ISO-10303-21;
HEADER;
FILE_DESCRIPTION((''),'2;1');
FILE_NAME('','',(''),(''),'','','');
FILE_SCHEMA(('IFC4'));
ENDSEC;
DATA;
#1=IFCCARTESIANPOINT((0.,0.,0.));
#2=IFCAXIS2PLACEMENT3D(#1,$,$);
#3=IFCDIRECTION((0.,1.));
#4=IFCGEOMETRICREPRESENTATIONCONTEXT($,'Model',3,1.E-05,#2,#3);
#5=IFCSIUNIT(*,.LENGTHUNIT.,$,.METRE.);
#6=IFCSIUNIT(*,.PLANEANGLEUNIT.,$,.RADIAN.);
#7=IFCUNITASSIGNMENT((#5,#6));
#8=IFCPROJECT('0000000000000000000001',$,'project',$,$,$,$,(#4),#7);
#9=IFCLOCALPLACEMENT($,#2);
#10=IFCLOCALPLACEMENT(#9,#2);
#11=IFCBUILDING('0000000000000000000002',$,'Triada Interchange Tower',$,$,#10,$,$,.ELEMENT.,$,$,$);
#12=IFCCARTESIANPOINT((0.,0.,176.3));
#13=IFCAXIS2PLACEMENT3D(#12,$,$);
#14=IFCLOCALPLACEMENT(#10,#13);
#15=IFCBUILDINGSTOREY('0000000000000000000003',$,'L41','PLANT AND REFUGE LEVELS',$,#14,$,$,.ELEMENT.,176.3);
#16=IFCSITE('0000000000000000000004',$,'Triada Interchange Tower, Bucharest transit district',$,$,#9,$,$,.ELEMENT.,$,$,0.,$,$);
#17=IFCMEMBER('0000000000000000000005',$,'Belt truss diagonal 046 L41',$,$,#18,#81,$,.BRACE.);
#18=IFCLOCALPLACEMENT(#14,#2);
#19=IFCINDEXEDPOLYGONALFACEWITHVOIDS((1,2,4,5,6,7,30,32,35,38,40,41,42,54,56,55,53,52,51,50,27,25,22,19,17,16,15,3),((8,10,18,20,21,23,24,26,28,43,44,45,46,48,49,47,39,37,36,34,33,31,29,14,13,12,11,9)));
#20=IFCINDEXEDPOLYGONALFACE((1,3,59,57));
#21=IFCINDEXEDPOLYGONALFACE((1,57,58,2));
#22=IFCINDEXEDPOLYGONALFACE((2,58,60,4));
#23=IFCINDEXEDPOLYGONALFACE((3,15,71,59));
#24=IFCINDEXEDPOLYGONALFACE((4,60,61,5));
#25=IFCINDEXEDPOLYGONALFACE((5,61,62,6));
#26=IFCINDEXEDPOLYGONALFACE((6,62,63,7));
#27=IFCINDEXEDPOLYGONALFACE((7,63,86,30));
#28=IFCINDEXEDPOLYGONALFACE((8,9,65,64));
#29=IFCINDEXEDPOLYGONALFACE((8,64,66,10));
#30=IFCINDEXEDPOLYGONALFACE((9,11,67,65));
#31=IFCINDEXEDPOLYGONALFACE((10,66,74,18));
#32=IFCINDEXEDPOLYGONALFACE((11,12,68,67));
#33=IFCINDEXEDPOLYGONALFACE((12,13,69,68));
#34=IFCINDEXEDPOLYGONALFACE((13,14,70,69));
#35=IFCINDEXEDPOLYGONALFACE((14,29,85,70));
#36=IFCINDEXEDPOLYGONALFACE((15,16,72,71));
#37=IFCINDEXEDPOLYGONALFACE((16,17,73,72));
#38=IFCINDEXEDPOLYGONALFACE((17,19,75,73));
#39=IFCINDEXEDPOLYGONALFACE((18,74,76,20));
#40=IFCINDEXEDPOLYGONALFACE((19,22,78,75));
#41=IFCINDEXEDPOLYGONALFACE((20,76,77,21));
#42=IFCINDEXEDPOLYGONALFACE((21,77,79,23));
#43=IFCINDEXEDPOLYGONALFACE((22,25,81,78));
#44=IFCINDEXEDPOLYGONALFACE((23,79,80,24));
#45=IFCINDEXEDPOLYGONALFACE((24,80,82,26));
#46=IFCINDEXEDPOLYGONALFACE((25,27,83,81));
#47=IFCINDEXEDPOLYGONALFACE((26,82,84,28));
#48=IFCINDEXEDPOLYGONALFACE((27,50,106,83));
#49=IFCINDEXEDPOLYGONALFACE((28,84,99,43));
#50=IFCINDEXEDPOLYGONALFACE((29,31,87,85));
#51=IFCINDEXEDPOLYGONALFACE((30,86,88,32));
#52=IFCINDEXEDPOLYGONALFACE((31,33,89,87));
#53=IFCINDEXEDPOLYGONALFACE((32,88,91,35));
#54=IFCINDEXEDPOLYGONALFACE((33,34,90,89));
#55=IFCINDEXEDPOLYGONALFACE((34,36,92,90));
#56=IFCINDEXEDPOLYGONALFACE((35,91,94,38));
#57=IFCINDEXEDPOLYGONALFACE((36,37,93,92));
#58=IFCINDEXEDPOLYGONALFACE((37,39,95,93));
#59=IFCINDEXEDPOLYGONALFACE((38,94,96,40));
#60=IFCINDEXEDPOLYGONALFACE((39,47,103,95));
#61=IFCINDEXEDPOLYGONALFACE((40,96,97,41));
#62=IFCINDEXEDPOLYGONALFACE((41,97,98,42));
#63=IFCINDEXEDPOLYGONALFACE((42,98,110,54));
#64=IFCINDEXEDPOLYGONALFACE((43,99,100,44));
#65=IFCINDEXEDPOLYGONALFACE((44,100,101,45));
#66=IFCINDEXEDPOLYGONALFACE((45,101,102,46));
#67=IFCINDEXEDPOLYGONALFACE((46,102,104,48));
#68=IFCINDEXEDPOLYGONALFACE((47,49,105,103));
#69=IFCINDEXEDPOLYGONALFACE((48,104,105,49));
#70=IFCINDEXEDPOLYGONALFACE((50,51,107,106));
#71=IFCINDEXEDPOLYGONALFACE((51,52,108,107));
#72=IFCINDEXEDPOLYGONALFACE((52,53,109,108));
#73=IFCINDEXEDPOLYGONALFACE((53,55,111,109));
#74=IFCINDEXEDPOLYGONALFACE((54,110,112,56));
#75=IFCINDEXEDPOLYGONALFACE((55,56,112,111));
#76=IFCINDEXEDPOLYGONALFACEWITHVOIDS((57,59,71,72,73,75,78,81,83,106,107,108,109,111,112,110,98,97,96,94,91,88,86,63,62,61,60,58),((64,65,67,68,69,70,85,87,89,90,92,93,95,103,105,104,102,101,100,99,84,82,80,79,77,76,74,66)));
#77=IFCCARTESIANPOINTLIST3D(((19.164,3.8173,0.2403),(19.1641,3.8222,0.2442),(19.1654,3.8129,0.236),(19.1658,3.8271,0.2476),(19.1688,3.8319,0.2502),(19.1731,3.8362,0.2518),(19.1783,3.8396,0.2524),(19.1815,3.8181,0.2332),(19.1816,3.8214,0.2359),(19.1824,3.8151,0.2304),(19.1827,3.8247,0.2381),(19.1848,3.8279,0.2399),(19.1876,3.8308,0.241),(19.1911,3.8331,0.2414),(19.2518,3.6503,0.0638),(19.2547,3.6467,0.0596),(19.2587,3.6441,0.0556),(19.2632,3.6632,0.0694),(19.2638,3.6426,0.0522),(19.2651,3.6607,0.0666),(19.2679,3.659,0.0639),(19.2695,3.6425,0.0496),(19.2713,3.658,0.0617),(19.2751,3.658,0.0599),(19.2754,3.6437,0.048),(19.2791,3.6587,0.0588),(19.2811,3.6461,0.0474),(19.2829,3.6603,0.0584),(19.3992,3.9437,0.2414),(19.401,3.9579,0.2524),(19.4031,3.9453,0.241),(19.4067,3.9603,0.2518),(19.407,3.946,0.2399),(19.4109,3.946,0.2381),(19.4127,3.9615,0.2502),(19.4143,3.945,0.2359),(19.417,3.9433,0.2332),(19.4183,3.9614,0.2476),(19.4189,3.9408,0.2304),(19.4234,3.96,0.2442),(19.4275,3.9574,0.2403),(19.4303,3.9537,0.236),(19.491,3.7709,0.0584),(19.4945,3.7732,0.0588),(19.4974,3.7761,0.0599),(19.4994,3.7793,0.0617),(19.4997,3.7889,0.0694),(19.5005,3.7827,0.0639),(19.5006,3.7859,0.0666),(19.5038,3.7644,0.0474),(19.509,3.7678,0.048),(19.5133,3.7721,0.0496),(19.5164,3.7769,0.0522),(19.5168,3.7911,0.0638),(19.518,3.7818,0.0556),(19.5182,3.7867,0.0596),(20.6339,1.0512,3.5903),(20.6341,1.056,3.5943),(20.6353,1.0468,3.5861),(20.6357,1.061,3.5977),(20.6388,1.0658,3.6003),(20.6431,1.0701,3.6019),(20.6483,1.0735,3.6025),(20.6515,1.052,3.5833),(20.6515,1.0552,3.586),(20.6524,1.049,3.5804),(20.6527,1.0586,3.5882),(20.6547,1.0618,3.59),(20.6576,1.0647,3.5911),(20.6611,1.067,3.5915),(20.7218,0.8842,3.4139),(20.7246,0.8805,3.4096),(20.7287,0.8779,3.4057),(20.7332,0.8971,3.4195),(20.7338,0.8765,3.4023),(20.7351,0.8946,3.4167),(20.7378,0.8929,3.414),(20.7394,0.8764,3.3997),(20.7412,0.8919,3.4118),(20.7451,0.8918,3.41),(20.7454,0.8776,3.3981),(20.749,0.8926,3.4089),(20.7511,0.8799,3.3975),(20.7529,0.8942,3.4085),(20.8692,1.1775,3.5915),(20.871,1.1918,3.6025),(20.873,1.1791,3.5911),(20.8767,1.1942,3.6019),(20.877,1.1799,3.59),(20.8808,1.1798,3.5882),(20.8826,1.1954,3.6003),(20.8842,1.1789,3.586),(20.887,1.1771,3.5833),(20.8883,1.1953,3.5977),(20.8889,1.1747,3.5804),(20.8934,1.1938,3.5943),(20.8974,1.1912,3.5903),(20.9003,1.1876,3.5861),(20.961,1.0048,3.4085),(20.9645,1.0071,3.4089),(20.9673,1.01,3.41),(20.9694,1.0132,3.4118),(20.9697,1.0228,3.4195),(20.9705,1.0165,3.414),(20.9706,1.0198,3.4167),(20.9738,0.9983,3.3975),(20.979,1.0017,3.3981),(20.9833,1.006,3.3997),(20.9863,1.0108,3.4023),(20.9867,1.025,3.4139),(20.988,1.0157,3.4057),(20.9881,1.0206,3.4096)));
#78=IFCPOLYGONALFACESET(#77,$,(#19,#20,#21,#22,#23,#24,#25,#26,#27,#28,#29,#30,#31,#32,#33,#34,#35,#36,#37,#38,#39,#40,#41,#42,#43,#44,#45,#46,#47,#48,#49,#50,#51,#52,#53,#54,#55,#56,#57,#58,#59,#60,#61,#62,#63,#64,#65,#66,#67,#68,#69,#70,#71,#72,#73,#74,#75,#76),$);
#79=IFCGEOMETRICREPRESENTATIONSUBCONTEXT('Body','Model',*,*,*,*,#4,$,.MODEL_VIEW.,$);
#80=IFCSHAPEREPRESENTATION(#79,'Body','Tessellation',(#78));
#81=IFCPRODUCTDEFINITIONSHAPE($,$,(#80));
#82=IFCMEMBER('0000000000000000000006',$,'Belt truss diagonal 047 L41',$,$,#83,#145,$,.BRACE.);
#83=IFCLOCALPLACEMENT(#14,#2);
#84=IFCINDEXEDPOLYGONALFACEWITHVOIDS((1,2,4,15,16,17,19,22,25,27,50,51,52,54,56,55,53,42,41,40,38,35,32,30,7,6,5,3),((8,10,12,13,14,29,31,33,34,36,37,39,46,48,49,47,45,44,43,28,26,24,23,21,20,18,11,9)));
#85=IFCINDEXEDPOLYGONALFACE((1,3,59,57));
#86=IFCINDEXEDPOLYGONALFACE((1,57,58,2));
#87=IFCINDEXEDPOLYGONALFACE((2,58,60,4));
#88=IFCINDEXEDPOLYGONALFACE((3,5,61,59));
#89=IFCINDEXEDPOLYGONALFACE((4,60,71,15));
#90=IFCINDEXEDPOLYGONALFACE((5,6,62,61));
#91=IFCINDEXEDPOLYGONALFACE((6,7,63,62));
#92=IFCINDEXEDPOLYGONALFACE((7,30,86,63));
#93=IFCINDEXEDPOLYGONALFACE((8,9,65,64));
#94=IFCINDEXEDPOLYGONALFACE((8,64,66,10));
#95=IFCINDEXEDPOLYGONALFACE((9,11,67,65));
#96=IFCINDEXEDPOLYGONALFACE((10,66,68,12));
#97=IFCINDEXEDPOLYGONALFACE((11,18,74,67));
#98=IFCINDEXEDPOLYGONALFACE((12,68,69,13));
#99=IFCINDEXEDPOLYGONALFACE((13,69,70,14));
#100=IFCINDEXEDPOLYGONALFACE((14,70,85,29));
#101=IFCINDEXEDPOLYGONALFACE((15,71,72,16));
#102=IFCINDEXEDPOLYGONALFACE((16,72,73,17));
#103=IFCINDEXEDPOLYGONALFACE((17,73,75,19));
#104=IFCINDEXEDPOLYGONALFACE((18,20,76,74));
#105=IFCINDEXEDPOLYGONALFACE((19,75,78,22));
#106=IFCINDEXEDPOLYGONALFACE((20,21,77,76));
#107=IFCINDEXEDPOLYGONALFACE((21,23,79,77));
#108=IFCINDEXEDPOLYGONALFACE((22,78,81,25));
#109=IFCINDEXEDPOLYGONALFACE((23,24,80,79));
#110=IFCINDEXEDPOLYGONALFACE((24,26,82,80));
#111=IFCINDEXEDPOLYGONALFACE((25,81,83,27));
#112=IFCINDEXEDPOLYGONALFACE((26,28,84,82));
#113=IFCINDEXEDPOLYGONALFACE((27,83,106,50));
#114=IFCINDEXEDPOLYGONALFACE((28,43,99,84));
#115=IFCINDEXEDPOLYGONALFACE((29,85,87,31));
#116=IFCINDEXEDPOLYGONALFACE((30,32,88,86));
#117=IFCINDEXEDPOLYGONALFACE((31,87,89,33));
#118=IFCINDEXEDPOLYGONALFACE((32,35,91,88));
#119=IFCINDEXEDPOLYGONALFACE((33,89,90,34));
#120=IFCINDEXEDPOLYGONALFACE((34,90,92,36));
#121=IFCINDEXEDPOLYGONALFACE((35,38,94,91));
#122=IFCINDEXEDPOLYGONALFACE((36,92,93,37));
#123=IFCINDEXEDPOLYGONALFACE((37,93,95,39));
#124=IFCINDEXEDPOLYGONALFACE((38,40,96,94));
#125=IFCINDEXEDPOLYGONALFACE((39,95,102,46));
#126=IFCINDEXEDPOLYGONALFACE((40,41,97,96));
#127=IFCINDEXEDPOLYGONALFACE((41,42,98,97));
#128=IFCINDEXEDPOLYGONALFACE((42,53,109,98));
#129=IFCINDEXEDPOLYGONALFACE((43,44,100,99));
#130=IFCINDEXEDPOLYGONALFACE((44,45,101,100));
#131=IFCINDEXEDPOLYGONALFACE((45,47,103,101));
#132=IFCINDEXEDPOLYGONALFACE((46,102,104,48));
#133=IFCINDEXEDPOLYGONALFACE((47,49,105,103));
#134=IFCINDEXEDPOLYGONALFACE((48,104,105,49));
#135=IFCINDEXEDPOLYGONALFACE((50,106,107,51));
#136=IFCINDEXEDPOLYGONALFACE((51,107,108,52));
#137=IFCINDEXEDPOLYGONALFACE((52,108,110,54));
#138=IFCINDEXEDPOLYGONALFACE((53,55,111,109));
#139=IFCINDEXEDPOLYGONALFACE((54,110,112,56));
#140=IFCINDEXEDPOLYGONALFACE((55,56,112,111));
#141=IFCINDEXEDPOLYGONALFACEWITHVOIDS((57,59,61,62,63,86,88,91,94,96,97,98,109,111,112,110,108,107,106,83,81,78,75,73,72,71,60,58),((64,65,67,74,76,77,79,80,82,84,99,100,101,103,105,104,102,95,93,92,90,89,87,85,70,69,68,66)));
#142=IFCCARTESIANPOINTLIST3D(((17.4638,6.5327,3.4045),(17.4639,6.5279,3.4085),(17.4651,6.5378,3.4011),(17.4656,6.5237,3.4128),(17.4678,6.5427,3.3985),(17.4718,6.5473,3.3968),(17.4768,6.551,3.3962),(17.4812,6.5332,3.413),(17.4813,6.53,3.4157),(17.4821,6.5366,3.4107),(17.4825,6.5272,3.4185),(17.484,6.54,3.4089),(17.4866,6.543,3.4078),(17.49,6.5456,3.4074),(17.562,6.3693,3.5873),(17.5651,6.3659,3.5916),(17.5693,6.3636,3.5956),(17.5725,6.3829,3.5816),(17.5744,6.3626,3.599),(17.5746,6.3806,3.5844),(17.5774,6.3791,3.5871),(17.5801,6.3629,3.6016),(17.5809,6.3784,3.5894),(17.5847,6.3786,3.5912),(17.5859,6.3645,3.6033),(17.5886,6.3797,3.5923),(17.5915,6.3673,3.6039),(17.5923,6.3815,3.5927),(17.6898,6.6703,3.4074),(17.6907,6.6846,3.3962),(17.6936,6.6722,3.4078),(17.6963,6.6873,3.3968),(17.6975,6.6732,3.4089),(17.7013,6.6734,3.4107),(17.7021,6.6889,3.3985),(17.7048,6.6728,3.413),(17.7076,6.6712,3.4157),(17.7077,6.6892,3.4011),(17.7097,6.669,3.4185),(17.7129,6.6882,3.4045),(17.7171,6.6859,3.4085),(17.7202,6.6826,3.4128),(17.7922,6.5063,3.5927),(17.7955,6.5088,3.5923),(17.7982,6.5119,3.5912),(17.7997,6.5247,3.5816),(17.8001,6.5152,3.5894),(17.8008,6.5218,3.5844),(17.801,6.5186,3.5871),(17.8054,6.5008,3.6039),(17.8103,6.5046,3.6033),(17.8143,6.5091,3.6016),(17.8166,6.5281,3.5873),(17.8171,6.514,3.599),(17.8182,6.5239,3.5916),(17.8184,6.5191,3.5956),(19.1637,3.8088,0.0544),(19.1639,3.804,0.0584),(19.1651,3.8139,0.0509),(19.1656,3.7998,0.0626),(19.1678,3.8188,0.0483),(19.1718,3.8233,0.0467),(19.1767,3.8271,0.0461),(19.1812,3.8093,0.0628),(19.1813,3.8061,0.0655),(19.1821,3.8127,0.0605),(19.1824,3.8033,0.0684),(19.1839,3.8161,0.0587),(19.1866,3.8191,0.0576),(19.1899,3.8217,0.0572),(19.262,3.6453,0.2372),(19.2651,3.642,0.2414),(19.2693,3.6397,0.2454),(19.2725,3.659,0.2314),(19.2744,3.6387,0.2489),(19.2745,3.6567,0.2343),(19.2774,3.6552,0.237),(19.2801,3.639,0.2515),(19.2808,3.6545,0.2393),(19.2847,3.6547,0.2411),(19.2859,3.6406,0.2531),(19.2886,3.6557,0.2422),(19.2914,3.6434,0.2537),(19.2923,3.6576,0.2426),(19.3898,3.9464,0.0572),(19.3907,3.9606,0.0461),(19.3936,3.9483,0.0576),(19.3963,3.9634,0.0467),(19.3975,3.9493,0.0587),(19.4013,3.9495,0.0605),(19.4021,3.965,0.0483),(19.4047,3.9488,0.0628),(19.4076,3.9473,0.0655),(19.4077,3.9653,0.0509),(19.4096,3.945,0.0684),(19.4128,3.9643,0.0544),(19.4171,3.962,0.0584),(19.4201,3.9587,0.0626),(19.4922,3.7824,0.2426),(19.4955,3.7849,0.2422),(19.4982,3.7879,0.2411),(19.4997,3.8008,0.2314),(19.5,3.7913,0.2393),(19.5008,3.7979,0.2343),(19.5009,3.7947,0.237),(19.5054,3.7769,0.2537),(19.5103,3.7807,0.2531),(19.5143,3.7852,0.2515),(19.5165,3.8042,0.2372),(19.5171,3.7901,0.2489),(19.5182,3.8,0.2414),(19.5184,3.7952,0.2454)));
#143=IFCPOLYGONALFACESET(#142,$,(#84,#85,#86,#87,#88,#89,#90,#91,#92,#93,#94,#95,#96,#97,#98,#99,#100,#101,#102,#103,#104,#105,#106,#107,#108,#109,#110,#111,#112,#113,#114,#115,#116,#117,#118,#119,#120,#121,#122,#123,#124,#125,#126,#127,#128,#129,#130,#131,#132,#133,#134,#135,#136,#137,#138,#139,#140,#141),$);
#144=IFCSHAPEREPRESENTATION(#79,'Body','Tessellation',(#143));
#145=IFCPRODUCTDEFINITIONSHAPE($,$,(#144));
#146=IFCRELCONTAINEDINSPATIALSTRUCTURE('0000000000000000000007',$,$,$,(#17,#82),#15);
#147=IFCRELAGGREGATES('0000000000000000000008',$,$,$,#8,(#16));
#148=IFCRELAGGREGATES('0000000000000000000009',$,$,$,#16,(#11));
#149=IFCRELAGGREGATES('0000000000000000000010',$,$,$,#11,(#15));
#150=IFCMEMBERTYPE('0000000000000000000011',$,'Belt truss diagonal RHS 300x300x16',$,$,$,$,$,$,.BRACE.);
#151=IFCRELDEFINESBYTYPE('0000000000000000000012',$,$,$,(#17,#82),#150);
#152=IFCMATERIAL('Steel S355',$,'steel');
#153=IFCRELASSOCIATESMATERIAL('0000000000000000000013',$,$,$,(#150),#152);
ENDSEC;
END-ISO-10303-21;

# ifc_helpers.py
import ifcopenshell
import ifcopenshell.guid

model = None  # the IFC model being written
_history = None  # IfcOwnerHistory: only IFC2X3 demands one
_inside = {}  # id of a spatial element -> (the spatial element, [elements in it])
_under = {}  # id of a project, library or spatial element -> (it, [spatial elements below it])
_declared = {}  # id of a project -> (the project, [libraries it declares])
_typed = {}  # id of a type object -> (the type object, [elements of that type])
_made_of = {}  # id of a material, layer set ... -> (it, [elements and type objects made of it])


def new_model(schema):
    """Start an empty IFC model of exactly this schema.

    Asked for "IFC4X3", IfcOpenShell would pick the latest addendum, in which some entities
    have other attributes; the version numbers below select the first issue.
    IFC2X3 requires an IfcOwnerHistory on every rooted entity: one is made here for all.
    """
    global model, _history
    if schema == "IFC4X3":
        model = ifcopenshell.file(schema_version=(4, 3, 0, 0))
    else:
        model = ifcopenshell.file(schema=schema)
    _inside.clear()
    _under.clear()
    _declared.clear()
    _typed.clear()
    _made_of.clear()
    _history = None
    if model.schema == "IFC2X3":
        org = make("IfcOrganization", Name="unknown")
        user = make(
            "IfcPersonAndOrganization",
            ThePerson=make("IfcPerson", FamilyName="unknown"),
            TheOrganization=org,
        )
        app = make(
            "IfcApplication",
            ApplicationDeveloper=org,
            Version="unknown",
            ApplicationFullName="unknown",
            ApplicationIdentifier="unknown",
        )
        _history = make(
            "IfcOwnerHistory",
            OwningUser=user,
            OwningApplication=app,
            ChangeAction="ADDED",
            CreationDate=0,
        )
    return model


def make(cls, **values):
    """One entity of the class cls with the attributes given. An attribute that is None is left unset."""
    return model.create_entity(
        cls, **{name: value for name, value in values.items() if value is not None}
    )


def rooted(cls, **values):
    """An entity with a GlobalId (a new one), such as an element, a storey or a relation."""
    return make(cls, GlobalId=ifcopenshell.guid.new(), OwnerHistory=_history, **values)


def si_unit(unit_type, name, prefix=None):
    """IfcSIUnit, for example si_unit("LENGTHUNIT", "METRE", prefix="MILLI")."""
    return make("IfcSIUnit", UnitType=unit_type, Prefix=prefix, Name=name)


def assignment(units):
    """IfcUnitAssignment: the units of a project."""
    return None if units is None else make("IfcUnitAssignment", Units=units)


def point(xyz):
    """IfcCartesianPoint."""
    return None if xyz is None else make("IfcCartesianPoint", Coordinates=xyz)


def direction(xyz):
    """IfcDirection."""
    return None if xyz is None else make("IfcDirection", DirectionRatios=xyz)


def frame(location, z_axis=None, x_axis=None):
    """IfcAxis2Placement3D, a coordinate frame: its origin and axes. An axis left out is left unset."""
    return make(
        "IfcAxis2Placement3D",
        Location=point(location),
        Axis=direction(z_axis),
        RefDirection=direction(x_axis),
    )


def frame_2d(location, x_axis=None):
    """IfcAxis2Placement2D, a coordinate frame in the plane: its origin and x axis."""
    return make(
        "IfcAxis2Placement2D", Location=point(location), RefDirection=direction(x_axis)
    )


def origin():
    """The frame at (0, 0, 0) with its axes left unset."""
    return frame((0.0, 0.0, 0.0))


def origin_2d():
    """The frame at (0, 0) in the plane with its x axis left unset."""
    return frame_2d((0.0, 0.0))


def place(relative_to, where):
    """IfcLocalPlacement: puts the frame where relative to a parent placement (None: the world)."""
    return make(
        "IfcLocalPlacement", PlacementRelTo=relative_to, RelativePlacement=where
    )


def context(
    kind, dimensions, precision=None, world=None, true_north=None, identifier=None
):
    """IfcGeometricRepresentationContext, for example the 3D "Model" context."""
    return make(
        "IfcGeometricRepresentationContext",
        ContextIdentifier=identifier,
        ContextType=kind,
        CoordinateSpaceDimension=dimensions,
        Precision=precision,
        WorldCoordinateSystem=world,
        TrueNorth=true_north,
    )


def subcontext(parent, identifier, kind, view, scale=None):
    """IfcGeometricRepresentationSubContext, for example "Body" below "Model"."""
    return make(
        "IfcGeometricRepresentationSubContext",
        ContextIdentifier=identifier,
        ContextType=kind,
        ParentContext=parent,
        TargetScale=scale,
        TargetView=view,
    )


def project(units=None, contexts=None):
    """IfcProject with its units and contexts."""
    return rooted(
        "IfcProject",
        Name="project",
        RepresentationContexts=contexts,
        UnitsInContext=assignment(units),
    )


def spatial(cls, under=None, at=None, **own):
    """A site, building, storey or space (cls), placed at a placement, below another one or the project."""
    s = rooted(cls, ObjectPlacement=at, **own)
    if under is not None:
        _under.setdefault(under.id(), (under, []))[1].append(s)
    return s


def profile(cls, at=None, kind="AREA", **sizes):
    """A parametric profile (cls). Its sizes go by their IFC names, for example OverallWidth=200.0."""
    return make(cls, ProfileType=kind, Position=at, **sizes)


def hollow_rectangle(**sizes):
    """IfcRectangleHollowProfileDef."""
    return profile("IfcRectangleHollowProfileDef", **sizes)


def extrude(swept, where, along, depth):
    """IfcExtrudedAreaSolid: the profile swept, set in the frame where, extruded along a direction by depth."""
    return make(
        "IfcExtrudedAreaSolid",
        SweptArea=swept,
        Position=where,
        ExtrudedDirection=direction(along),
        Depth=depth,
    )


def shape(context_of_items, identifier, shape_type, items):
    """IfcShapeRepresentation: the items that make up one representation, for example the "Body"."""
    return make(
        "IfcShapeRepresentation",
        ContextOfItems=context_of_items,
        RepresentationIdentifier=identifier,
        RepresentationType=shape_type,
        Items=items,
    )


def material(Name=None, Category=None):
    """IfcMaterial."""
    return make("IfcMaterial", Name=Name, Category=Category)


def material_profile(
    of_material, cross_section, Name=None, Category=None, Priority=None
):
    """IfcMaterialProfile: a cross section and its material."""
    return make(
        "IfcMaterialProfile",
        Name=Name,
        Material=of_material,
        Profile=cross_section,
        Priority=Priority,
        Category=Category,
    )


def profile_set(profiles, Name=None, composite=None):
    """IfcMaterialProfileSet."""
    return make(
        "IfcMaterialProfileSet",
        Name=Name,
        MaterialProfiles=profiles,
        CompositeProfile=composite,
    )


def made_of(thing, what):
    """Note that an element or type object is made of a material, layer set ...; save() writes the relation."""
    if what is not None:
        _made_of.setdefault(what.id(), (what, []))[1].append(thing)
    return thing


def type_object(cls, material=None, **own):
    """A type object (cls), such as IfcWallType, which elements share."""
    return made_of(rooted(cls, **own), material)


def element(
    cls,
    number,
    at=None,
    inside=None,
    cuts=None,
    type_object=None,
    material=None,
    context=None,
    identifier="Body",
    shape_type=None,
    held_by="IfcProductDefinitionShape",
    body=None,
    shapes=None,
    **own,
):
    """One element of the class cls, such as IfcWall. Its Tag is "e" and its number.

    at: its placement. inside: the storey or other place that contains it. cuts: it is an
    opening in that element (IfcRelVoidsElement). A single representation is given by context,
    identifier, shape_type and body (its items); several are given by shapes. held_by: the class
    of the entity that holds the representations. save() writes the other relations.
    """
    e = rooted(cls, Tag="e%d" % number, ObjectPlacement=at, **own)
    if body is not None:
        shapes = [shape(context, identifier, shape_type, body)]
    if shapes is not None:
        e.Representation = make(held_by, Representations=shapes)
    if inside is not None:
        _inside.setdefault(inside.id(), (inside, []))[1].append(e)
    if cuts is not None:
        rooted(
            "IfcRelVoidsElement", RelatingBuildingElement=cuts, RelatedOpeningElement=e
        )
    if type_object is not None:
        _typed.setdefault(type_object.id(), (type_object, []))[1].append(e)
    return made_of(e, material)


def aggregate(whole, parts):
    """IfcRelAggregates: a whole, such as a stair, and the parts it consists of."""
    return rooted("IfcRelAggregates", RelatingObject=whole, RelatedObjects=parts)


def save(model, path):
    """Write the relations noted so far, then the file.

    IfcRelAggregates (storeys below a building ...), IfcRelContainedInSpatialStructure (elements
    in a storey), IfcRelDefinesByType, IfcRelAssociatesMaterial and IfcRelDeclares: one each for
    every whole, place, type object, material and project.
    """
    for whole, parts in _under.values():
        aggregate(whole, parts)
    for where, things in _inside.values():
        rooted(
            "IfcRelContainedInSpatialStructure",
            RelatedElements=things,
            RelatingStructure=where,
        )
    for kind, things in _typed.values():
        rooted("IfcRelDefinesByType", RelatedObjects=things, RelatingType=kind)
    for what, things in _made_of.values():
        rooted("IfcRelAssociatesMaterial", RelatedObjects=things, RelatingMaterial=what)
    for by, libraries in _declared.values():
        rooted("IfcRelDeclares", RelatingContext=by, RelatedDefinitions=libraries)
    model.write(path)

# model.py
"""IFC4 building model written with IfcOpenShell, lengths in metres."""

from ifc_helpers import new_model, si_unit, direction, frame, origin, origin_2d, place, context, subcontext, project, spatial, hollow_rectangle, extrude, material, material_profile, profile_set, type_object, element, save


model = new_model("IFC4")

# Units and contexts
model_context = context("Model", 3, precision=1e-05, world=origin(), true_north=direction((0.0, 1.0)))
body_context = subcontext(model_context, "Body", "Model", "MODEL_VIEW")
ifc_project = project(units=[si_unit("LENGTHUNIT", "METRE"), si_unit("PLANEANGLEUNIT", "RADIAN")], contexts=[model_context])

# Site, building, storey
site_placement = place(None, origin())
site = spatial("IfcSite", under=ifc_project, at=site_placement, Name="Triada Interchange Tower, Bucharest transit district", CompositionType="ELEMENT", RefElevation=0.0)
building_placement = place(site_placement, origin())
building = spatial("IfcBuilding", under=site, at=building_placement, Name="Triada Interchange Tower", CompositionType="ELEMENT")
storey_placement = place(building_placement, frame((0.0, 0.0, 176.3)))
storey = spatial("IfcBuildingStorey", under=building, at=storey_placement, Name="L41", Description="PLANT AND REFUGE LEVELS", CompositionType="ELEMENT", Elevation=176.3)

# Members
ifc_material_1 = material(Name="Steel S355", Category="steel")
ifc_material_profile_1 = material_profile(ifc_material_1, hollow_rectangle(XDim=0.3, YDim=0.3, WallThickness=0.0161, InnerFilletRadius=0.0161, OuterFilletRadius=0.0239, at=origin_2d()), Name="RHS 300x300x16")
ifc_profile_set_1 = profile_set([ifc_material_profile_1], Name="Steel S355")
member_type = type_object("IfcMemberType", Name="Belt truss diagonal RHS 300x300x16", PredefinedType="BRACE", material=ifc_profile_set_1)
member_1_placement = place(storey_placement, frame((19.3411, 3.802, 0.1499), z_axis=(0.320504, -0.603108, 0.730437), x_axis=(0.883053, 0.469273, 0.0)))
element("IfcMember", 1, at=member_1_placement, inside=storey, type_object=member_type, Name="Belt truss diagonal 046 L41", PredefinedType="BRACE", context=body_context, shape_type="SweptSolid", body=[
    extrude(hollow_rectangle(XDim=0.3, YDim=0.3, WallThickness=0.0161, InnerFilletRadius=0.0161, OuterFilletRadius=0.0239, at=origin_2d()), origin(), (0.0, 0.0, 1.0), 4.5864),
])
member_2_placement = place(storey_placement, frame((19.3411, 3.802, 0.1499), z_axis=(-0.366344, 0.587003, 0.721955), x_axis=(-0.848344, -0.529445, 0.0)))
element("IfcMember", 2, at=member_2_placement, inside=storey, type_object=member_type, Name="Belt truss diagonal 047 L41", PredefinedType="BRACE", context=body_context, shape_type="SweptSolid", body=[
    extrude(hollow_rectangle(XDim=0.3, YDim=0.3, WallThickness=0.0161, InnerFilletRadius=0.0161, OuterFilletRadius=0.0239, at=origin_2d()), origin(), (0.0, 0.0, 1.0), 4.6404),
])

save(model, "model.ifc")
